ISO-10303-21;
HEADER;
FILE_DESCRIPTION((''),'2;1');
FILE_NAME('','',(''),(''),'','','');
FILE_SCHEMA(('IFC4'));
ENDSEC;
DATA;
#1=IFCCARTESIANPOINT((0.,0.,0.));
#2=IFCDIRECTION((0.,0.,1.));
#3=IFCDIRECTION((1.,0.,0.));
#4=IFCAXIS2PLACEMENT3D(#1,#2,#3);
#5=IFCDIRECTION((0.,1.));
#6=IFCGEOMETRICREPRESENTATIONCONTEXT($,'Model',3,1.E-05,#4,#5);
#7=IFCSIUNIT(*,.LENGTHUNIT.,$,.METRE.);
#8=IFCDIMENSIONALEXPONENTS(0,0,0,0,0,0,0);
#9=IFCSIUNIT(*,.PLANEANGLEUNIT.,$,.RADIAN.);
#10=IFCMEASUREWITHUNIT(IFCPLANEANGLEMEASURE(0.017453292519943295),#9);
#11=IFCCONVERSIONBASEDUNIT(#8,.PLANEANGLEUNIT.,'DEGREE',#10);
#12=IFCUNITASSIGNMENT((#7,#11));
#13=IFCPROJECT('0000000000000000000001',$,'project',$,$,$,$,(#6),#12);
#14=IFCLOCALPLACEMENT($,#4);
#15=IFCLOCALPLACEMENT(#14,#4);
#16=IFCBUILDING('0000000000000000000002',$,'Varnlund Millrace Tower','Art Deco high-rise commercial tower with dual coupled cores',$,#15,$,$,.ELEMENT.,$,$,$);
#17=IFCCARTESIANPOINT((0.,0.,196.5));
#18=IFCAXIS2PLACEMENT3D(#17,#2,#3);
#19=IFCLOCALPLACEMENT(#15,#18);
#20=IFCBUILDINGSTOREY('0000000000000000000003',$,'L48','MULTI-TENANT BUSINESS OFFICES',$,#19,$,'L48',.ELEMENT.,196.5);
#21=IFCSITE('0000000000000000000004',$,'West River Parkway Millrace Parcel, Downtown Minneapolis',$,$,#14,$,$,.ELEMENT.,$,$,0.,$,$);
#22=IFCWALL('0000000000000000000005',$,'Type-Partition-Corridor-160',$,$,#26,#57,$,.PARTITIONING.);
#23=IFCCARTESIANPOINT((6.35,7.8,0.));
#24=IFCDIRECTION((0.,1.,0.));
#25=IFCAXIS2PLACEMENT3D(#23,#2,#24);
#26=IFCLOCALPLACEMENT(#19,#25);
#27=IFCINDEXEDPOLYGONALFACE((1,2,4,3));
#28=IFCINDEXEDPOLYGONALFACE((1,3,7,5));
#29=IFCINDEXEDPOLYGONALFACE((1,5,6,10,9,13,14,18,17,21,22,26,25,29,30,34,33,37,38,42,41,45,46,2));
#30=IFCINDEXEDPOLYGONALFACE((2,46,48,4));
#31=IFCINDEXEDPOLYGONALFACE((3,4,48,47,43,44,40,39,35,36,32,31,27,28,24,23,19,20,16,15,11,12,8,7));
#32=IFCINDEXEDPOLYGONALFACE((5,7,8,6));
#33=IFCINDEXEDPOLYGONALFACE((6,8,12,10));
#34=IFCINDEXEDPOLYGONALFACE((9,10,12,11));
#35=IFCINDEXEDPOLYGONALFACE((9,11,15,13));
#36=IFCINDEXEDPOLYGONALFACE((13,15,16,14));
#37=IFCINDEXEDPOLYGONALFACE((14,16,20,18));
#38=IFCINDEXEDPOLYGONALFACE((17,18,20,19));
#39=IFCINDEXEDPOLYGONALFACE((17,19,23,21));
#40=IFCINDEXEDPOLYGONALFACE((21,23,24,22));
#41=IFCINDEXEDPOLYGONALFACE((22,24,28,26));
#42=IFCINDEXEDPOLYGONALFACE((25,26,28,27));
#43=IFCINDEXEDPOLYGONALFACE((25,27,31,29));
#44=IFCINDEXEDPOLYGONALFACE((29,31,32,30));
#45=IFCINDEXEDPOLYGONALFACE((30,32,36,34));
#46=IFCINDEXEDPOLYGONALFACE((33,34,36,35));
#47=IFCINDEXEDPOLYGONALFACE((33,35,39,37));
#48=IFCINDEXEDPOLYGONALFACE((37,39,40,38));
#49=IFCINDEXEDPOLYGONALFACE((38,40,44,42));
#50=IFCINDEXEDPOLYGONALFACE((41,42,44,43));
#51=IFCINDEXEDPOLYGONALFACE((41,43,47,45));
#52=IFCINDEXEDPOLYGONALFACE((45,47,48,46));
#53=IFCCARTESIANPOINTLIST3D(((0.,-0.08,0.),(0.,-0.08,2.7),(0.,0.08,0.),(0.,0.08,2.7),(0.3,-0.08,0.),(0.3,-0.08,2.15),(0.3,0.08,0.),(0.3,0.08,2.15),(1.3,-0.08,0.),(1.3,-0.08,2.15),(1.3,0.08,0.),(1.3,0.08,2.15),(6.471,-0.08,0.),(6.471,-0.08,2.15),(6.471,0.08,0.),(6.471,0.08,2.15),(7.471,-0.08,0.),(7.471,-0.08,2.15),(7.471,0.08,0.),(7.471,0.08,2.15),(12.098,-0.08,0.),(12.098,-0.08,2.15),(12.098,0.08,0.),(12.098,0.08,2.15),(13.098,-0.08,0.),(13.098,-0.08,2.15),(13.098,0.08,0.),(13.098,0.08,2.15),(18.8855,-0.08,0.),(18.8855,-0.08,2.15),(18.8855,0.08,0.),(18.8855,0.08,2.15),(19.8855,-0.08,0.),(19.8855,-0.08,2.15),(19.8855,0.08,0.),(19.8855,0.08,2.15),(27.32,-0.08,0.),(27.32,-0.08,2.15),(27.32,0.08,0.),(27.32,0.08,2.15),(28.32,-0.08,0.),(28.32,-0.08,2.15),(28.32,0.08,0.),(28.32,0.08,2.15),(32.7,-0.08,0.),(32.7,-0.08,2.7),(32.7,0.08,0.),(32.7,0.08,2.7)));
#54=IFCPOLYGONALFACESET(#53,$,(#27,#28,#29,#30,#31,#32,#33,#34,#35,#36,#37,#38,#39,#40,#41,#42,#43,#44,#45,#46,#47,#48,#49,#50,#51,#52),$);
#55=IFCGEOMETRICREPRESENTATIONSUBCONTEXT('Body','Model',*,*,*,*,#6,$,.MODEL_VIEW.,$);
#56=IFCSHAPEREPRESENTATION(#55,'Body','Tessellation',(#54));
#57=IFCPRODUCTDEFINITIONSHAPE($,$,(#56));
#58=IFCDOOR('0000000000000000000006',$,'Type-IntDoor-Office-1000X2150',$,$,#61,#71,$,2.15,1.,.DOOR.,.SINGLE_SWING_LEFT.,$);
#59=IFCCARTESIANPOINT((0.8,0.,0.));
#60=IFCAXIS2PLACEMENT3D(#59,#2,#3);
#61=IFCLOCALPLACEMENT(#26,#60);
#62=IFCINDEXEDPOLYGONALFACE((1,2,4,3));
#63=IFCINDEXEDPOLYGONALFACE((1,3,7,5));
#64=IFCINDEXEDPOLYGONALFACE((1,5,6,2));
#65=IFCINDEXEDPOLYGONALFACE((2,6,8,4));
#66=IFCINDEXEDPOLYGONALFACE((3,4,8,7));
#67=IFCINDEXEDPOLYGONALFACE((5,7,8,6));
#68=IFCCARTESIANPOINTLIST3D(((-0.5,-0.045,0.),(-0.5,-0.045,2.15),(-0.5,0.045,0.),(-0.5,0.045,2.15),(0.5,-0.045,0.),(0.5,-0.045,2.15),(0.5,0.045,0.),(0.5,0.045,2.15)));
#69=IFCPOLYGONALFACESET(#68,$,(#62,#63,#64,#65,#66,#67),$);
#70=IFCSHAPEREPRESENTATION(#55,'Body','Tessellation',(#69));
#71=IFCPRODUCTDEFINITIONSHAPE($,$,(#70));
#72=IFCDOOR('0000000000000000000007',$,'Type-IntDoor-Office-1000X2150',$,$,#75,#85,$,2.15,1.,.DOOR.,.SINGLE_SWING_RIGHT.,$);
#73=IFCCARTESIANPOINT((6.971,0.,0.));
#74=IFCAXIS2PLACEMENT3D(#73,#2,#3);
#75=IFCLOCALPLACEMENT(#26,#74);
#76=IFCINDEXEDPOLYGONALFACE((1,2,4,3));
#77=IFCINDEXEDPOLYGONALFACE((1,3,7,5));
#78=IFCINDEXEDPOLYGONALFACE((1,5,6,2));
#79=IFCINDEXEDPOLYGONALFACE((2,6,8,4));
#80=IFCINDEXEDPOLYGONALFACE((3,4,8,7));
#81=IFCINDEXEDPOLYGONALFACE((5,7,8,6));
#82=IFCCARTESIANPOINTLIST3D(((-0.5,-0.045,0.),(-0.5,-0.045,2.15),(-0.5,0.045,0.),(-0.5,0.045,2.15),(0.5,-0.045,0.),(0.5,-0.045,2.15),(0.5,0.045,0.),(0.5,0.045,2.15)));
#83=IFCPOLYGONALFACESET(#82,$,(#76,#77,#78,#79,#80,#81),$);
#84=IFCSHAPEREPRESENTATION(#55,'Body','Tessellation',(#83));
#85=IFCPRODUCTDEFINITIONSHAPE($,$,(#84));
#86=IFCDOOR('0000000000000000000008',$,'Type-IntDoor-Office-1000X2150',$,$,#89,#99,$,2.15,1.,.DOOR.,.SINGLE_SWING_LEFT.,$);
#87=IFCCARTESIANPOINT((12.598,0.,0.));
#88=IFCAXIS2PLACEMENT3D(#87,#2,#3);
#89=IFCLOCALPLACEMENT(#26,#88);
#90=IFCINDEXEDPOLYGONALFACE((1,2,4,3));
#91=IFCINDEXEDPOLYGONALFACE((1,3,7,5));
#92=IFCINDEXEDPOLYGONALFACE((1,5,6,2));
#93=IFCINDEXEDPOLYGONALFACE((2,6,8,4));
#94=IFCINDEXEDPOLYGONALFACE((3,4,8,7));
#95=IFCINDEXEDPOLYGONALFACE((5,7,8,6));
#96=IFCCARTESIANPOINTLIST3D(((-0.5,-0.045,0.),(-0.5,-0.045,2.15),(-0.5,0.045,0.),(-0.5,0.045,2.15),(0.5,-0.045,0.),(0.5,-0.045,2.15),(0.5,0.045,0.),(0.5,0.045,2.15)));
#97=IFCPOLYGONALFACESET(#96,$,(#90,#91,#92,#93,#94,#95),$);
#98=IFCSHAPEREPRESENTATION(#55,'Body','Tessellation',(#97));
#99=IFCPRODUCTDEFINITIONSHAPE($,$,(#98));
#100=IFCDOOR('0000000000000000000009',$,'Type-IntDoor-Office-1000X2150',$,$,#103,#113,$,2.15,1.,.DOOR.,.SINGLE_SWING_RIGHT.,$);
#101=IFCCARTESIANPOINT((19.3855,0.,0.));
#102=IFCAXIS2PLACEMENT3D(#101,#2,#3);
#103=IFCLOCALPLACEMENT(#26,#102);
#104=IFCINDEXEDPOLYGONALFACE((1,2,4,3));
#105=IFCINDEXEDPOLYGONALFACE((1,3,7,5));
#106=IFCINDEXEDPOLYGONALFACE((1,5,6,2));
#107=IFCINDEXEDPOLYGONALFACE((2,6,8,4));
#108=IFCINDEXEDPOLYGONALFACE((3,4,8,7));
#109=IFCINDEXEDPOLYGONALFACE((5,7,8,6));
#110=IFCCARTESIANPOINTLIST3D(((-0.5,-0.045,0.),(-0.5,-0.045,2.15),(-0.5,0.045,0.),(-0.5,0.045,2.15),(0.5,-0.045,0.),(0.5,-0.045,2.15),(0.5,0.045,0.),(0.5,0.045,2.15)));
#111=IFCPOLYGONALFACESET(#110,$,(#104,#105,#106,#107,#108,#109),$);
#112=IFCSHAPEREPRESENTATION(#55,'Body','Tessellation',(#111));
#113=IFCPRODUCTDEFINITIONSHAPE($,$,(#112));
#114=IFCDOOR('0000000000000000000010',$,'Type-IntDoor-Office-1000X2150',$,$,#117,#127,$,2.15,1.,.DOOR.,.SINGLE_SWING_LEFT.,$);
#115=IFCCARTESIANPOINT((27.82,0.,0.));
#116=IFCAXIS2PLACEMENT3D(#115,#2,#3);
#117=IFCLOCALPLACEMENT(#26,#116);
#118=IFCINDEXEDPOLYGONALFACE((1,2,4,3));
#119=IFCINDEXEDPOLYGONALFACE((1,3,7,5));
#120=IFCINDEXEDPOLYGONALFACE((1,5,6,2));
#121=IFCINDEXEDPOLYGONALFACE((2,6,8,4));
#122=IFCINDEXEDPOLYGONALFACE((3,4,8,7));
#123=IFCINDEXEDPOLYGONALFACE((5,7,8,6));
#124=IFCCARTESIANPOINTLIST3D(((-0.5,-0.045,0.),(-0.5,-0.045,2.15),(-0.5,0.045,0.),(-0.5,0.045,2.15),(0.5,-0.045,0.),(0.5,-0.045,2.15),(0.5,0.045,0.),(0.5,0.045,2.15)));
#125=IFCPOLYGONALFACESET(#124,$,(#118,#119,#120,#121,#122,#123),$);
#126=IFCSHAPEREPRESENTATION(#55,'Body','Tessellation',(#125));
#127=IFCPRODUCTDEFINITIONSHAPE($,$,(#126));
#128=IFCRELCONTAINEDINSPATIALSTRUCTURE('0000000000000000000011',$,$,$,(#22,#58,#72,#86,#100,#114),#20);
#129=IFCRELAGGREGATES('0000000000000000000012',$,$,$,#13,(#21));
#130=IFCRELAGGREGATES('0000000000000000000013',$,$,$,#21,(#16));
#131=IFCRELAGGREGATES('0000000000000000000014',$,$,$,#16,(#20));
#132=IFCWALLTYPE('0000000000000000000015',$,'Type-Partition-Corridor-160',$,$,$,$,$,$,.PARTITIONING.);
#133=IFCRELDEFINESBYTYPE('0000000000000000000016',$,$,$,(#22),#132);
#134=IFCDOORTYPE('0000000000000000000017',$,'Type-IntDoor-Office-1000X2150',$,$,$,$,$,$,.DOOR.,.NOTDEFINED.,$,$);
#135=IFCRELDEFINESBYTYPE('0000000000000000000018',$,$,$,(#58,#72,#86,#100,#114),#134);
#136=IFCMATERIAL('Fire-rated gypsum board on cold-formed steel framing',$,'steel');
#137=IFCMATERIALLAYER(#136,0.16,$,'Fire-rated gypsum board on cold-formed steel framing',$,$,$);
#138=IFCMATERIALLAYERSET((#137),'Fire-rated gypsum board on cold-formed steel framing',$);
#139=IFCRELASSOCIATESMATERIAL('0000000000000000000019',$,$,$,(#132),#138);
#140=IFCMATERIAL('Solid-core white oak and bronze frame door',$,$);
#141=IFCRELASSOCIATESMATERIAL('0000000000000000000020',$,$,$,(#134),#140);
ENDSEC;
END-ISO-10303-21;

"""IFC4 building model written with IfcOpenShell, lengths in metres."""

from ifc_helpers import new_model, entity, si_unit, converted_unit, direction, frame, origin_with_axes, origin_2d_with_axis, place, context, subcontext, project, spatial, polyline, rectangle, outline, extrude, material, layer, layer_set, type_object, element, fill, save


model = new_model("IFC4")

# Units and contexts
model_context = context("Model", 3, precision=1e-05, world=origin_with_axes(), true_north=direction((0.0, 1.0)))
body_context = subcontext(model_context, "Body", "Model", "MODEL_VIEW")
ifc_project = project(units=[si_unit("LENGTHUNIT", "METRE"), converted_unit("PLANEANGLEUNIT", "DEGREE", entity("IfcPlaneAngleMeasure", 0.017453292519943295), si_unit("PLANEANGLEUNIT", "RADIAN"), dimensions=[0, 0, 0, 0, 0, 0, 0])], contexts=[model_context])

# Site, building, storey
site_placement = place(None, origin_with_axes())
site = spatial("IfcSite", under=ifc_project, at=site_placement, Name="West River Parkway Millrace Parcel, Downtown Minneapolis", CompositionType="ELEMENT", RefElevation=0.0)
building_placement = place(site_placement, origin_with_axes())
building = spatial("IfcBuilding", under=site, at=building_placement, Name="Varnlund Millrace Tower", Description="Art Deco high-rise commercial tower with dual coupled cores", CompositionType="ELEMENT")
storey_placement = place(building_placement, frame((0.0, 0.0, 196.5), z_axis=(0.0, 0.0, 1.0), x_axis=(1.0, 0.0, 0.0)))
storey = spatial("IfcBuildingStorey", under=building, at=storey_placement, Name="L48", Description="MULTI-TENANT BUSINESS OFFICES", LongName="L48", CompositionType="ELEMENT", Elevation=196.5)

# Wall, openings, doors
ifc_material_1 = material(Name="Fire-rated gypsum board on cold-formed steel framing", Category="steel")
ifc_layer_1 = layer(ifc_material_1, 0.16, Name="Fire-rated gypsum board on cold-formed steel framing")
ifc_layer_set_1 = layer_set([ifc_layer_1], Name="Fire-rated gypsum board on cold-formed steel framing")
wall_type_1 = type_object("IfcWallType", Name="Type-Partition-Corridor-160", PredefinedType="PARTITIONING", material=ifc_layer_set_1)
ifc_material_2 = material(Name="Solid-core white oak and bronze frame door")
door_type_1 = type_object("IfcDoorType", Name="Type-IntDoor-Office-1000X2150", OperationType="NOTDEFINED", PredefinedType="DOOR", material=ifc_material_2)
wall_1_placement = place(storey_placement, frame((6.35, 7.8, 0.0), z_axis=(0.0, 0.0, 1.0), x_axis=(0.0, 1.0, 0.0)))
wall_1 = element("IfcWall", 1, at=wall_1_placement, inside=storey, type_object=wall_type_1, Name="Type-Partition-Corridor-160", PredefinedType="PARTITIONING", context=body_context, shape_type="SweptSolid", body=[
    extrude(outline(polyline([(0.0, -0.08), (32.7, -0.08), (32.7, 0.08), (0.0, 0.08), (0.0, -0.08)])), origin_with_axes(), (0.0, 0.0, 1.0), 2.7),
])
opening_1_placement = place(wall_1_placement, frame((0.8, 0.0, 0.0), z_axis=(0.0, 0.0, 1.0), x_axis=(1.0, 0.0, 0.0)))
opening_1 = element("IfcOpeningElement", 2, at=opening_1_placement, cuts=wall_1, PredefinedType="OPENING", context=body_context, shape_type="SweptSolid", body=[
    extrude(rectangle(XDim=1.0, YDim=0.18, at=origin_2d_with_axis()), origin_with_axes(), (0.0, 0.0, 1.0), 2.15),
])
opening_2_placement = place(wall_1_placement, frame((6.971, 0.0, 0.0), z_axis=(0.0, 0.0, 1.0), x_axis=(1.0, 0.0, 0.0)))
opening_2 = element("IfcOpeningElement", 3, at=opening_2_placement, cuts=wall_1, PredefinedType="OPENING", context=body_context, shape_type="SweptSolid", body=[
    extrude(rectangle(XDim=1.0, YDim=0.18, at=origin_2d_with_axis()), origin_with_axes(), (0.0, 0.0, 1.0), 2.15),
])
opening_3_placement = place(wall_1_placement, frame((12.598, 0.0, 0.0), z_axis=(0.0, 0.0, 1.0), x_axis=(1.0, 0.0, 0.0)))
opening_3 = element("IfcOpeningElement", 4, at=opening_3_placement, cuts=wall_1, PredefinedType="OPENING", context=body_context, shape_type="SweptSolid", body=[
    extrude(rectangle(XDim=1.0, YDim=0.18, at=origin_2d_with_axis()), origin_with_axes(), (0.0, 0.0, 1.0), 2.15),
])
opening_4_placement = place(wall_1_placement, frame((19.3855, 0.0, 0.0), z_axis=(0.0, 0.0, 1.0), x_axis=(1.0, 0.0, 0.0)))
opening_4 = element("IfcOpeningElement", 5, at=opening_4_placement, cuts=wall_1, PredefinedType="OPENING", context=body_context, shape_type="SweptSolid", body=[
    extrude(rectangle(XDim=1.0, YDim=0.18, at=origin_2d_with_axis()), origin_with_axes(), (0.0, 0.0, 1.0), 2.15),
])
opening_5_placement = place(wall_1_placement, frame((27.82, 0.0, 0.0), z_axis=(0.0, 0.0, 1.0), x_axis=(1.0, 0.0, 0.0)))
opening_5 = element("IfcOpeningElement", 6, at=opening_5_placement, cuts=wall_1, PredefinedType="OPENING", context=body_context, shape_type="SweptSolid", body=[
    extrude(rectangle(XDim=1.0, YDim=0.18, at=origin_2d_with_axis()), origin_with_axes(), (0.0, 0.0, 1.0), 2.15),
])
door_1_placement = place(wall_1_placement, frame((0.8, 0.0, 0.0), z_axis=(0.0, 0.0, 1.0), x_axis=(1.0, 0.0, 0.0)))
door_1 = element("IfcDoor", 7, at=door_1_placement, inside=storey, type_object=door_type_1, Name="Type-IntDoor-Office-1000X2150", OperationType="SINGLE_SWING_LEFT", OverallHeight=2.15, OverallWidth=1.0, PredefinedType="DOOR", context=body_context, shape_type="SweptSolid", body=[
    extrude(rectangle(XDim=1.0, YDim=0.09, at=origin_2d_with_axis()), origin_with_axes(), (0.0, 0.0, 1.0), 2.15),
])
fill(opening_1, door_1)
door_2_placement = place(wall_1_placement, frame((6.971, 0.0, 0.0), z_axis=(0.0, 0.0, 1.0), x_axis=(1.0, 0.0, 0.0)))
door_2 = element("IfcDoor", 8, at=door_2_placement, inside=storey, type_object=door_type_1, Name="Type-IntDoor-Office-1000X2150", OperationType="SINGLE_SWING_RIGHT", OverallHeight=2.15, OverallWidth=1.0, PredefinedType="DOOR", context=body_context, shape_type="SweptSolid", body=[
    extrude(rectangle(XDim=1.0, YDim=0.09, at=origin_2d_with_axis()), origin_with_axes(), (0.0, 0.0, 1.0), 2.15),
])
fill(opening_2, door_2)
door_3_placement = place(wall_1_placement, frame((12.598, 0.0, 0.0), z_axis=(0.0, 0.0, 1.0), x_axis=(1.0, 0.0, 0.0)))
door_3 = element("IfcDoor", 9, at=door_3_placement, inside=storey, type_object=door_type_1, Name="Type-IntDoor-Office-1000X2150", OperationType="SINGLE_SWING_LEFT", OverallHeight=2.15, OverallWidth=1.0, PredefinedType="DOOR", context=body_context, shape_type="SweptSolid", body=[
    extrude(rectangle(XDim=1.0, YDim=0.09, at=origin_2d_with_axis()), origin_with_axes(), (0.0, 0.0, 1.0), 2.15),
])
fill(opening_3, door_3)
door_4_placement = place(wall_1_placement, frame((19.3855, 0.0, 0.0), z_axis=(0.0, 0.0, 1.0), x_axis=(1.0, 0.0, 0.0)))
door_4 = element("IfcDoor", 10, at=door_4_placement, inside=storey, type_object=door_type_1, Name="Type-IntDoor-Office-1000X2150", OperationType="SINGLE_SWING_RIGHT", OverallHeight=2.15, OverallWidth=1.0, PredefinedType="DOOR", context=body_context, shape_type="SweptSolid", body=[
    extrude(rectangle(XDim=1.0, YDim=0.09, at=origin_2d_with_axis()), origin_with_axes(), (0.0, 0.0, 1.0), 2.15),
])
fill(opening_4, door_4)
door_5_placement = place(wall_1_placement, frame((27.82, 0.0, 0.0), z_axis=(0.0, 0.0, 1.0), x_axis=(1.0, 0.0, 0.0)))
door_5 = element("IfcDoor", 11, at=door_5_placement, inside=storey, type_object=door_type_1, Name="Type-IntDoor-Office-1000X2150", OperationType="SINGLE_SWING_LEFT", OverallHeight=2.15, OverallWidth=1.0, PredefinedType="DOOR", context=body_context, shape_type="SweptSolid", body=[
    extrude(rectangle(XDim=1.0, YDim=0.09, at=origin_2d_with_axis()), origin_with_axes(), (0.0, 0.0, 1.0), 2.15),
])
fill(opening_5, door_5)

save(model, "model.ifc")
